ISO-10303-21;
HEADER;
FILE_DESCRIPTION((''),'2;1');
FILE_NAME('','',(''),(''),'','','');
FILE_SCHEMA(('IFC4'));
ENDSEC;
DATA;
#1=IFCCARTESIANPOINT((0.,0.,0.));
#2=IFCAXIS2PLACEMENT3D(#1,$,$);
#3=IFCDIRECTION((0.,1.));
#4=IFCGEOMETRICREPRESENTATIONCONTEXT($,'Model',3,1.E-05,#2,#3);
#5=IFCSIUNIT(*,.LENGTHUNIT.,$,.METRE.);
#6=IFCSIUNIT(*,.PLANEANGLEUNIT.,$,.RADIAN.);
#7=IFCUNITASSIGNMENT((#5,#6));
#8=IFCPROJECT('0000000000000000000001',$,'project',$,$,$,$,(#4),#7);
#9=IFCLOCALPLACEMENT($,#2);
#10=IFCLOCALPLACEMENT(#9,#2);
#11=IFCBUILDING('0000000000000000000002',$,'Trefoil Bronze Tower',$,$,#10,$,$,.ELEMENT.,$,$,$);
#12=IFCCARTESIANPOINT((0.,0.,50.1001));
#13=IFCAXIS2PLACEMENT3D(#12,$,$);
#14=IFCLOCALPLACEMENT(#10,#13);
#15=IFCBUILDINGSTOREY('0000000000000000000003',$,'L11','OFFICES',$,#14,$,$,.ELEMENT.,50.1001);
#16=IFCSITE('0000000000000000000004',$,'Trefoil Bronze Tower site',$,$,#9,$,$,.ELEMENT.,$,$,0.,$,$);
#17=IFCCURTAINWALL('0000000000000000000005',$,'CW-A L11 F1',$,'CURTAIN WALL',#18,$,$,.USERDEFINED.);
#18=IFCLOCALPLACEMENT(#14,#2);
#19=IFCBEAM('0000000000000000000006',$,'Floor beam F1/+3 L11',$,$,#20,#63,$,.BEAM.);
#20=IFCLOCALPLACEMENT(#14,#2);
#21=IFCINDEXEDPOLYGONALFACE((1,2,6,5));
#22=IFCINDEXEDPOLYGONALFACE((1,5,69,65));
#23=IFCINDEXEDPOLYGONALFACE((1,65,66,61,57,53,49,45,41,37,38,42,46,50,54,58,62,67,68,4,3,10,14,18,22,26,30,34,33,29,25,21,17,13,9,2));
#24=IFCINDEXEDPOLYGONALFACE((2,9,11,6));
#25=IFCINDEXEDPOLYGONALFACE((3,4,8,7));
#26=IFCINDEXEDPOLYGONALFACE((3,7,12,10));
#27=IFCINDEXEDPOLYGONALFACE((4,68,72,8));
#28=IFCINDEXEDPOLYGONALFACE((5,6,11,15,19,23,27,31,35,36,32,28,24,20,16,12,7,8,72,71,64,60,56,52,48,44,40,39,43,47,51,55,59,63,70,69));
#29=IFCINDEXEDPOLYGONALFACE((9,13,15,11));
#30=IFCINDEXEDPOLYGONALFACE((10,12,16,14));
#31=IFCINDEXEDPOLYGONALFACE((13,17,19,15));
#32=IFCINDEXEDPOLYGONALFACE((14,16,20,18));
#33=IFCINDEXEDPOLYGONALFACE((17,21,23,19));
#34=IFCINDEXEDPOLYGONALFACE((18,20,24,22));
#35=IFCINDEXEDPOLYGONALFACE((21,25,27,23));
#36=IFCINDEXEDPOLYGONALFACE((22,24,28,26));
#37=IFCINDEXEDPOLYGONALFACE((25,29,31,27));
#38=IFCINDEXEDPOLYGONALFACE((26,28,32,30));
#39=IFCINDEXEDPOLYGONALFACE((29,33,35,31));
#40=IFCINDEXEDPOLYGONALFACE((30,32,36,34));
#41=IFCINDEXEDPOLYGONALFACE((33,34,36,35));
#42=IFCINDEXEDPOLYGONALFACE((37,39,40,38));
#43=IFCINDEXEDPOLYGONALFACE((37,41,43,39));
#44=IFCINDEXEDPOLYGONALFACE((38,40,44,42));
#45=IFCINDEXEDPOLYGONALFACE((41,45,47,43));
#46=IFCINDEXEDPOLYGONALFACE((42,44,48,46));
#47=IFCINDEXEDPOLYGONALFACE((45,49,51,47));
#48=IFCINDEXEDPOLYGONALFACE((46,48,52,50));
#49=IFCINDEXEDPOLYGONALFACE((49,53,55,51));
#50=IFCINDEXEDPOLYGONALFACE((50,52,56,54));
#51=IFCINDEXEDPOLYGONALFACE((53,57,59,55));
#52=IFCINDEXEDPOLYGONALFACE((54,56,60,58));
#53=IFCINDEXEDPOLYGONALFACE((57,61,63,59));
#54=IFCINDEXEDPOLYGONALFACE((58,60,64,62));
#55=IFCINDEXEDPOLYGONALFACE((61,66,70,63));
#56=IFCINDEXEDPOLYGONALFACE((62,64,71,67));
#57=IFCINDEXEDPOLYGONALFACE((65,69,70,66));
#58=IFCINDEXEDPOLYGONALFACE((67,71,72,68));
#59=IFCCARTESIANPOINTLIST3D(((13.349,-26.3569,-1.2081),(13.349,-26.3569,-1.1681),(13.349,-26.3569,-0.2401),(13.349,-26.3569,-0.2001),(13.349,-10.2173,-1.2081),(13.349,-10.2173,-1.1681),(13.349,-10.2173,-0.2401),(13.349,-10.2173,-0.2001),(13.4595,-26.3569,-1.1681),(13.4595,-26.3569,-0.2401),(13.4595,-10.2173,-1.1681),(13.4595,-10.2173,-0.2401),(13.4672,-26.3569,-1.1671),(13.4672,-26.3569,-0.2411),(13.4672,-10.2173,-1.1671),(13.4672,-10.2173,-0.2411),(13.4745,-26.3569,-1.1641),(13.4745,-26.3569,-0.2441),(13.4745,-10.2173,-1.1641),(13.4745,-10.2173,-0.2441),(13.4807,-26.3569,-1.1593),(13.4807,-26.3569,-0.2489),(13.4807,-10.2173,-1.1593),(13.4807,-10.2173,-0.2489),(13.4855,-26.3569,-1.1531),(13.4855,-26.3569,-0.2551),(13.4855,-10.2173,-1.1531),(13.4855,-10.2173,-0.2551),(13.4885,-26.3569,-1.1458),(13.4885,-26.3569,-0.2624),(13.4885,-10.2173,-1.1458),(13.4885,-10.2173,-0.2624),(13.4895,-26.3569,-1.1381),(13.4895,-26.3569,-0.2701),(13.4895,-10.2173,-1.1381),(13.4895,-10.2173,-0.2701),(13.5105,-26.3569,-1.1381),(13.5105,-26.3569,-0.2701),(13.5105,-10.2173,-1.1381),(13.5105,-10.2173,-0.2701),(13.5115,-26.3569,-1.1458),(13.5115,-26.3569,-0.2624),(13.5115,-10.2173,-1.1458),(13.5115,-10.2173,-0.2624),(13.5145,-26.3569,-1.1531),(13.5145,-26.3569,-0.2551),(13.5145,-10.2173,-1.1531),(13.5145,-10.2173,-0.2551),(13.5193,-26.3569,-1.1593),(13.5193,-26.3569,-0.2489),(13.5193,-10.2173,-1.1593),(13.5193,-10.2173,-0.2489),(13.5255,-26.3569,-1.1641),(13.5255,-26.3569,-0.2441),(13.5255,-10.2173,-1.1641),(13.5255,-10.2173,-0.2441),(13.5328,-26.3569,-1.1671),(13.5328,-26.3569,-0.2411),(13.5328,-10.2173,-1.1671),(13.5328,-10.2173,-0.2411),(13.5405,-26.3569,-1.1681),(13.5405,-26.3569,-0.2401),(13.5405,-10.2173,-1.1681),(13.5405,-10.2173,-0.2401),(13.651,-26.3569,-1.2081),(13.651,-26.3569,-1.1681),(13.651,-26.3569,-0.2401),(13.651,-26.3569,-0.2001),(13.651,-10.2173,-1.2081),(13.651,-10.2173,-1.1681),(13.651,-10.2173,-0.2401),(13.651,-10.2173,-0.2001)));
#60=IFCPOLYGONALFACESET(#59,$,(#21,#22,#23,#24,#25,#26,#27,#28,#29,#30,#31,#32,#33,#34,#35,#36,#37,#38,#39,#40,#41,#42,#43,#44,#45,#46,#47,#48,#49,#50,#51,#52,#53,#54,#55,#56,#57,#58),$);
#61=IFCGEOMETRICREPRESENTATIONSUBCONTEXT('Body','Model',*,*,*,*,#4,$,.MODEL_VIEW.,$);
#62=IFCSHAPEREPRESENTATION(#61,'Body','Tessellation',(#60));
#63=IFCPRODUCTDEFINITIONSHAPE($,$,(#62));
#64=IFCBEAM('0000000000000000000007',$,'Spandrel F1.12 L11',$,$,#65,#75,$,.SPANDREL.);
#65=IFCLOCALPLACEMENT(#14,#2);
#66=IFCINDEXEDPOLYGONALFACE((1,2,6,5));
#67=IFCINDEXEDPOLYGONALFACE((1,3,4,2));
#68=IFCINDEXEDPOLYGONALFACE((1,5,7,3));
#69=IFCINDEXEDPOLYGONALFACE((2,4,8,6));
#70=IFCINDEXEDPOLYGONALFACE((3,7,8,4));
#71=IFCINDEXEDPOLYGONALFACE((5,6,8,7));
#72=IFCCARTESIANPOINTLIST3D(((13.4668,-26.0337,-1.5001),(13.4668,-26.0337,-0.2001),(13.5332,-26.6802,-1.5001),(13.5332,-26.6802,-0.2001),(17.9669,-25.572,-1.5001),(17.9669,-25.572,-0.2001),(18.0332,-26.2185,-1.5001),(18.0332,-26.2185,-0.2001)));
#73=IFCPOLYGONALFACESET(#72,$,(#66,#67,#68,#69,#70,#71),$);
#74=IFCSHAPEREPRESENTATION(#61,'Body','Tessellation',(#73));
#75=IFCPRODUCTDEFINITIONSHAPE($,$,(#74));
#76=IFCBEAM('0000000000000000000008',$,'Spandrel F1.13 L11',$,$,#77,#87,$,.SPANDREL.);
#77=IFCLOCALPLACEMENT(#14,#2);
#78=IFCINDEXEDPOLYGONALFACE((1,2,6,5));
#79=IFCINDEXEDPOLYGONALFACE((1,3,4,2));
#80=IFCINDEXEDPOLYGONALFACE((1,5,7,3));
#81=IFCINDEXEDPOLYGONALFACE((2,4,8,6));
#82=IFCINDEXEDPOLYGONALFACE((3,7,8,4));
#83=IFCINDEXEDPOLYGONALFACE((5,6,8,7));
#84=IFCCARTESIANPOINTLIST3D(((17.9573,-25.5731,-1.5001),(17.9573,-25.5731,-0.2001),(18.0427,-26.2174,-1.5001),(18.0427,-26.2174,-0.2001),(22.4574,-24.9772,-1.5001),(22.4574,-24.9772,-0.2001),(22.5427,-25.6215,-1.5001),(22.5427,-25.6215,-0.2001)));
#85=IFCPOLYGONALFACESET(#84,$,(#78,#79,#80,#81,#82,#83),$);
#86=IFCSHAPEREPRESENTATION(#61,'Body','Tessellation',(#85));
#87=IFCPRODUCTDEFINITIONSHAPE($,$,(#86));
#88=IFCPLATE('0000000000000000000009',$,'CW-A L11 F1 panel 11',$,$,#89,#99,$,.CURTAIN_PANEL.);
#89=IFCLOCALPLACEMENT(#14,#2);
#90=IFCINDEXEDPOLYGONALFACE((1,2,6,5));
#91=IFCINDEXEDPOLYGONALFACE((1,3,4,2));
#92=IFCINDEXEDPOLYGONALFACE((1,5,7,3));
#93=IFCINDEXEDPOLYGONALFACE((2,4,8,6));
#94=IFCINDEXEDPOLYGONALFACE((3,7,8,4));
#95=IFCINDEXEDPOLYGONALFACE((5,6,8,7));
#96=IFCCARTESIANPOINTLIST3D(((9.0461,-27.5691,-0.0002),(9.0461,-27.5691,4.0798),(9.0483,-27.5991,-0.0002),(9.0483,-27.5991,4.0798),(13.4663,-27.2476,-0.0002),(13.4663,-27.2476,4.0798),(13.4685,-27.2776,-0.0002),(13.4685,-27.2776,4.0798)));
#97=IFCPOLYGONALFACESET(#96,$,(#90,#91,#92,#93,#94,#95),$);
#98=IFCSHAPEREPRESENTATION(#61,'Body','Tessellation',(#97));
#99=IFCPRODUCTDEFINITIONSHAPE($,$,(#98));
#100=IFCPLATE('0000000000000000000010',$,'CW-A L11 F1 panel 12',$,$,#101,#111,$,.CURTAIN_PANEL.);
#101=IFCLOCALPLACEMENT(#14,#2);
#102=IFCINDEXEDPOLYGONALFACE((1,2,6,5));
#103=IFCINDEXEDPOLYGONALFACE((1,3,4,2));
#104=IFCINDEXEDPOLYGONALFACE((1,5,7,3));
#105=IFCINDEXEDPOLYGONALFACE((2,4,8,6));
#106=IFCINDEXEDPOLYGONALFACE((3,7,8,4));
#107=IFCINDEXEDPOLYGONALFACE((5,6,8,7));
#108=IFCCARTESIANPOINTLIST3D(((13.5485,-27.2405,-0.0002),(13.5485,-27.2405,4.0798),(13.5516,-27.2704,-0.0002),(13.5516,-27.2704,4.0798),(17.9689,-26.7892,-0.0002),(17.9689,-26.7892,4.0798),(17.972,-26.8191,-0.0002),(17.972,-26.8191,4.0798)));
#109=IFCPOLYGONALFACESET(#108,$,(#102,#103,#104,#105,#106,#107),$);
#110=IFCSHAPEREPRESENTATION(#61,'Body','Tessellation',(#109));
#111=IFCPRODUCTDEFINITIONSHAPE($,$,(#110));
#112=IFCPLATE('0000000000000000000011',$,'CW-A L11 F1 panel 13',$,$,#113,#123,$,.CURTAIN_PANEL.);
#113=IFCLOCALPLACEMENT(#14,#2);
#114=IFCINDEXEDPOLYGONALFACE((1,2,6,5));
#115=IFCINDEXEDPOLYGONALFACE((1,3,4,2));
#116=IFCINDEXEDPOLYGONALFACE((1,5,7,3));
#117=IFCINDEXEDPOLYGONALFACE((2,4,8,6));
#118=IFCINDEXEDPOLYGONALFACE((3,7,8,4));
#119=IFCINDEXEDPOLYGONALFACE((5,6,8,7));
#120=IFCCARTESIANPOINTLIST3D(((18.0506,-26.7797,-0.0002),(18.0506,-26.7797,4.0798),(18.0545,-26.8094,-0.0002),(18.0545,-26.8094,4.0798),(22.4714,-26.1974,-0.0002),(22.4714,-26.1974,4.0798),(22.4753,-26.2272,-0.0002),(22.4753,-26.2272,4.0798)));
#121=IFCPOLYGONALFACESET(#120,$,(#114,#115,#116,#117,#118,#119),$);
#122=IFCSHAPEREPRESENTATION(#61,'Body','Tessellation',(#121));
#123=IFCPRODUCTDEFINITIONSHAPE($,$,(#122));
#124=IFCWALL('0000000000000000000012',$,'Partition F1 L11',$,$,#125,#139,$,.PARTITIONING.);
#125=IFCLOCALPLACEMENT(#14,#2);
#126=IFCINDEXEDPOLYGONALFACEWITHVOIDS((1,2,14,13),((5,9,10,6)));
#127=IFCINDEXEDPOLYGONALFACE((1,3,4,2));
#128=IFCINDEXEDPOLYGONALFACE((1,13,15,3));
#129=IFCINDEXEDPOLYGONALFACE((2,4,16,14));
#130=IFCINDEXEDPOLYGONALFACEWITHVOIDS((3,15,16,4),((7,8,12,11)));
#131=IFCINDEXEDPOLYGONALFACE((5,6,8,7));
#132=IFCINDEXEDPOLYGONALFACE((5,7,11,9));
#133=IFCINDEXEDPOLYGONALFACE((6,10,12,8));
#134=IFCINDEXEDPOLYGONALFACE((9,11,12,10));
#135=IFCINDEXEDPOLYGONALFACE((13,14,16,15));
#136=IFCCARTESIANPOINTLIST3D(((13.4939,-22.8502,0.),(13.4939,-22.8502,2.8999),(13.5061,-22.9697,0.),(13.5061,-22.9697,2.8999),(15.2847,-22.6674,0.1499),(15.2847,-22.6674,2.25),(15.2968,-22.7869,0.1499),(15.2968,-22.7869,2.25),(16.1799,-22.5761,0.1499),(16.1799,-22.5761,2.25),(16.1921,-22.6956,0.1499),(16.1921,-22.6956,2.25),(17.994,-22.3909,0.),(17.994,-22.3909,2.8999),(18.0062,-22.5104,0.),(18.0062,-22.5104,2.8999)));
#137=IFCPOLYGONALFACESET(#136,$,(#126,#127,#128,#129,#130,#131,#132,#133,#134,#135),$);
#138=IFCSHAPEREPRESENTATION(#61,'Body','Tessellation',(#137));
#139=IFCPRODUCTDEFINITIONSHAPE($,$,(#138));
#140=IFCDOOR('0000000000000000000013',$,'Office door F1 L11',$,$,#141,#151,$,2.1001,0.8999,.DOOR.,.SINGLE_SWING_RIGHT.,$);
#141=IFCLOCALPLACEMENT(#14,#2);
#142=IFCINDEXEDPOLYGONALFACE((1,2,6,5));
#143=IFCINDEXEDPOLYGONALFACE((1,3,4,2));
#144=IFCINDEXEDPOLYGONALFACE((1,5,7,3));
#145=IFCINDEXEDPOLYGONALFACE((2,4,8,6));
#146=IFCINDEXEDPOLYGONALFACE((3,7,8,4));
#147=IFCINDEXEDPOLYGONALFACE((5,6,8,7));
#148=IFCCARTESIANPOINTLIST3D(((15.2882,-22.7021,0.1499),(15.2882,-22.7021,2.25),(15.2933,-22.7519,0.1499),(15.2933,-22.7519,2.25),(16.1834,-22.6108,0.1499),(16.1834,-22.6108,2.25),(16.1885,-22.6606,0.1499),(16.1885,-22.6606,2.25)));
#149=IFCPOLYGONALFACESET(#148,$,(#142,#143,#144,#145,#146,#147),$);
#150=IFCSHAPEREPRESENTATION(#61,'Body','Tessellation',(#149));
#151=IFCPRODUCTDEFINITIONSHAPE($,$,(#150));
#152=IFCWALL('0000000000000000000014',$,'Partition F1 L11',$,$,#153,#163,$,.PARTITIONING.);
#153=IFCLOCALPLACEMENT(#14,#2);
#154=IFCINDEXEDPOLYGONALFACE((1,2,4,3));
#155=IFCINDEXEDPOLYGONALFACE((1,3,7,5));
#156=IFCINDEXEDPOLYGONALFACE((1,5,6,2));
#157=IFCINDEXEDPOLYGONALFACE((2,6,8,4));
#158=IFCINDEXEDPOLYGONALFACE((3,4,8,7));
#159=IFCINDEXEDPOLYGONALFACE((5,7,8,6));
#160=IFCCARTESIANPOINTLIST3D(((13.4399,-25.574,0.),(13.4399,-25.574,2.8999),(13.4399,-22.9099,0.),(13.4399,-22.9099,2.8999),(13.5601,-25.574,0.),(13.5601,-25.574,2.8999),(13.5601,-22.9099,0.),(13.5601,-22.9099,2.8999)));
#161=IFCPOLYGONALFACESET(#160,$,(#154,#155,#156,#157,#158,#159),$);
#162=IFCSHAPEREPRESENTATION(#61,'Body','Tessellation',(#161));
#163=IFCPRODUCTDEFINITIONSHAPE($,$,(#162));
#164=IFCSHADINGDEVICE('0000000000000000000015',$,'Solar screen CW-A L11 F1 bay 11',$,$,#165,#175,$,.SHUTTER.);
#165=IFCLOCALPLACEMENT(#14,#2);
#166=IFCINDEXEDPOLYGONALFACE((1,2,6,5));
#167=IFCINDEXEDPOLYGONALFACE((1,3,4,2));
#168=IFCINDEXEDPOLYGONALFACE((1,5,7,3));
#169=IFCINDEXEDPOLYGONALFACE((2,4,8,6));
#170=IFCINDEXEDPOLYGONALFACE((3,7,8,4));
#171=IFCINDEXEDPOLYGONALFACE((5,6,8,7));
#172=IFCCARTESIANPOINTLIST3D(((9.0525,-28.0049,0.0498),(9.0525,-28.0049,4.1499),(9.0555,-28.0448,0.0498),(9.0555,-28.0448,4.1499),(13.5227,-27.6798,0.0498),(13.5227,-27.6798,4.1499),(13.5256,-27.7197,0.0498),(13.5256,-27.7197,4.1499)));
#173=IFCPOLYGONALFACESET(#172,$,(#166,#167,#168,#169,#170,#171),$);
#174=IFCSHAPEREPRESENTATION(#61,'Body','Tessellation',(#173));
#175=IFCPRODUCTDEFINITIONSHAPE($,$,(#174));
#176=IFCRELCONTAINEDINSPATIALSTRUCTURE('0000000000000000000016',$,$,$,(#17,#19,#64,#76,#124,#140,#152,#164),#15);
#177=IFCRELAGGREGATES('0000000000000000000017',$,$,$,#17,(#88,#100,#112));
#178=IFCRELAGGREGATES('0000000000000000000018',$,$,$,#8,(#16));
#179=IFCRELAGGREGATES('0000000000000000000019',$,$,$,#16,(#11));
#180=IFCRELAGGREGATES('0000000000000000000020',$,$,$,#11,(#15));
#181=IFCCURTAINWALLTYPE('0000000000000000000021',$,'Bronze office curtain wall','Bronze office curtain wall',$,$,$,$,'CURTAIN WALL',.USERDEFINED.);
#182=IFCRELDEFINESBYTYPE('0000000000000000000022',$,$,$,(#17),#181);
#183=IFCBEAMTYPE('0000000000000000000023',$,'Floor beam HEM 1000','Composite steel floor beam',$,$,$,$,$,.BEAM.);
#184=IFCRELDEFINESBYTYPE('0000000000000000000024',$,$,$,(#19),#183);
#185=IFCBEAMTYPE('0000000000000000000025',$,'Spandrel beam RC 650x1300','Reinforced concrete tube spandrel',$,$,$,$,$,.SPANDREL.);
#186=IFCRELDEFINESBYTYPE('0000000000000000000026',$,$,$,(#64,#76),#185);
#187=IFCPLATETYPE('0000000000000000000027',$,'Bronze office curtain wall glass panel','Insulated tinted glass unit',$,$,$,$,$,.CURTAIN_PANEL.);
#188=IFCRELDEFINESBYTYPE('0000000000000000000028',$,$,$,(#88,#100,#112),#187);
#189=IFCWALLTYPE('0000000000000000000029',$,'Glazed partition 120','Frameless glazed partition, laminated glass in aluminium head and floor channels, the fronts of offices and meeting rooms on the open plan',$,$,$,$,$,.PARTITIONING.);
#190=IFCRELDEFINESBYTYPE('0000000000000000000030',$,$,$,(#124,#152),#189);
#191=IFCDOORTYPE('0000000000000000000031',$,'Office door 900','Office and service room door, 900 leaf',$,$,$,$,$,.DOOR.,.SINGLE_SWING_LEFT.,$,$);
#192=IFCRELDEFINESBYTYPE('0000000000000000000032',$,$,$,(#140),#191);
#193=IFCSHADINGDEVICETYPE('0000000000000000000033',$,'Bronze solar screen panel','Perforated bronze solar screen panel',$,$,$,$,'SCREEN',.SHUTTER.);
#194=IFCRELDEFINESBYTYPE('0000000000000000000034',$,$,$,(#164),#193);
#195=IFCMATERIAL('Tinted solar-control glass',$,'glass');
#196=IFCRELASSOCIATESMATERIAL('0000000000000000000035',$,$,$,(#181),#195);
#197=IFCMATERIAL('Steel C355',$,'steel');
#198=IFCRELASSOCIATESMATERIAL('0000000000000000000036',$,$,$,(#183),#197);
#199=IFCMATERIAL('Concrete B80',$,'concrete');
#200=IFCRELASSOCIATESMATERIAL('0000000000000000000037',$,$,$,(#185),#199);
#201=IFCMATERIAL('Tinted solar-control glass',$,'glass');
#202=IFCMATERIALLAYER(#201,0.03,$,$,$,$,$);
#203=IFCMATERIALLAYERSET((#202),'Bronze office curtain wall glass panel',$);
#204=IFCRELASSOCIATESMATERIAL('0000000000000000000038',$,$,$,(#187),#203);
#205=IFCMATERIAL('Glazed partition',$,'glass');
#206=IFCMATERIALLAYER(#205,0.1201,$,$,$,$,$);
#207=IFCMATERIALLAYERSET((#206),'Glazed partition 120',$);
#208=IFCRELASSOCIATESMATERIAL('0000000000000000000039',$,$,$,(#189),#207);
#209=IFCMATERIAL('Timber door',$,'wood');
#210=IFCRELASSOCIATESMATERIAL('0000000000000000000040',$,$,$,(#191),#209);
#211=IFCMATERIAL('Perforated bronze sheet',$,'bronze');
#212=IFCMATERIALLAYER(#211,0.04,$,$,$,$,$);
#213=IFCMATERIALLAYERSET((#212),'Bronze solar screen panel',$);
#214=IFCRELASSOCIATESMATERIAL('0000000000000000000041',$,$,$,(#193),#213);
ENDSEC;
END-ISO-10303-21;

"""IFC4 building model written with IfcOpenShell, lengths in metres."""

from ifc_helpers import new_model, si_unit, direction, frame, frame_2d, origin, origin_2d, place, context, subcontext, project, spatial, rectangle, i_section, extrude, material, layer, layer_set, material_profile, profile_set, type_object, element, fill, aggregate, save


model = new_model("IFC4")

# Units and contexts
model_context = context("Model", 3, precision=1e-05, world=origin(), true_north=direction((0.0, 1.0)))
body_context = subcontext(model_context, "Body", "Model", "MODEL_VIEW")
ifc_project = project(units=[si_unit("LENGTHUNIT", "METRE"), si_unit("PLANEANGLEUNIT", "RADIAN")], contexts=[model_context])

# Site, building, storey
site_placement = place(None, origin())
site = spatial("IfcSite", under=ifc_project, at=site_placement, Name="Trefoil Bronze Tower site", CompositionType="ELEMENT", RefElevation=0.0)
building_placement = place(site_placement, origin())
building = spatial("IfcBuilding", under=site, at=building_placement, Name="Trefoil Bronze Tower", CompositionType="ELEMENT")
storey_placement = place(building_placement, frame((0.0, 0.0, 50.1001)))
storey = spatial("IfcBuildingStorey", under=building, at=storey_placement, Name="L11", Description="OFFICES", CompositionType="ELEMENT", Elevation=50.1001)

# Curtain wall
ifc_material_1 = material(Name="Tinted solar-control glass", Category="glass")
curtain_wall_type = type_object("IfcCurtainWallType", Name="Bronze office curtain wall", Description="Bronze office curtain wall", ElementType="CURTAIN WALL", PredefinedType="USERDEFINED", material=ifc_material_1)
curtain_wall_placement = place(storey_placement, origin())
curtain_wall = element("IfcCurtainWall", 1, at=curtain_wall_placement, inside=storey, type_object=curtain_wall_type, Name="CW-A L11 F1", ObjectType="CURTAIN WALL", PredefinedType="USERDEFINED")

# Beams
ifc_material_2 = material(Name="Steel C355", Category="steel")
ifc_material_profile_1 = material_profile(ifc_material_2, i_section(OverallWidth=0.302, OverallDepth=1.0081, WebThickness=0.021, FlangeThickness=0.04, FilletRadius=0.03, at=origin_2d()), Name="HEM 1000")
ifc_profile_set_1 = profile_set([ifc_material_profile_1], Name="Steel C355")
beam_type_1 = type_object("IfcBeamType", Name="Floor beam HEM 1000", Description="Composite steel floor beam", PredefinedType="BEAM", material=ifc_profile_set_1)
beam_1_placement = place(storey_placement, frame((13.5, -26.3569, -0.7041), z_axis=(0.0, 1.0, 0.0), x_axis=(-1.0, 0.0, 0.0)))
element("IfcBeam", 2, at=beam_1_placement, inside=storey, type_object=beam_type_1, Name="Floor beam F1/+3 L11", PredefinedType="BEAM", context=body_context, shape_type="SweptSolid", body=[
    extrude(i_section(OverallWidth=0.302, OverallDepth=1.0081, WebThickness=0.021, FlangeThickness=0.04, FilletRadius=0.03, at=origin_2d()), origin(), (0.0, 0.0, 1.0), 16.1396),
])
ifc_material_3 = material(Name="Concrete B80", Category="concrete")
ifc_material_profile_2 = material_profile(ifc_material_3, rectangle(XDim=0.6499, YDim=1.3, at=origin_2d()), Name="RC 650x1300")
ifc_profile_set_2 = profile_set([ifc_material_profile_2], Name="Concrete B80")
beam_type_2 = type_object("IfcBeamType", Name="Spandrel beam RC 650x1300", Description="Reinforced concrete tube spandrel", PredefinedType="SPANDREL", material=ifc_profile_set_2)
beam_2_placement = place(storey_placement, frame((13.5, -26.3569, -0.8501), z_axis=(0.994778, 0.102058, 0.0), x_axis=(-0.102058, 0.994778, 0.0)))
element("IfcBeam", 3, at=beam_2_placement, inside=storey, type_object=beam_type_2, Name="Spandrel F1.12 L11", PredefinedType="SPANDREL", context=body_context, shape_type="SweptSolid", body=[
    extrude(rectangle(XDim=0.6499, YDim=1.3, at=origin_2d()), origin(), (0.0, 0.0, 1.0), 4.5237),
])
beam_3_placement = place(storey_placement, frame((18.0, -25.8953, -0.8501), z_axis=(0.991344, 0.131286, 0.0), x_axis=(-0.131286, 0.991344, 0.0)))
element("IfcBeam", 4, at=beam_3_placement, inside=storey, type_object=beam_type_2, Name="Spandrel F1.13 L11", PredefinedType="SPANDREL", context=body_context, shape_type="SweptSolid", body=[
    extrude(rectangle(XDim=0.6499, YDim=1.3, at=origin_2d()), origin(), (0.0, 0.0, 1.0), 4.5393),
])

# Plates
ifc_material_4 = material(Name="Tinted solar-control glass", Category="glass")
ifc_layer_1 = layer(ifc_material_4, 0.03)
ifc_layer_set_1 = layer_set([ifc_layer_1], Name="Bronze office curtain wall glass panel")
plate_type = type_object("IfcPlateType", Name="Bronze office curtain wall glass panel", Description="Insulated tinted glass unit", PredefinedType="CURTAIN_PANEL", material=ifc_layer_set_1)
plate_1_placement = place(storey_placement, frame((11.2573, -27.4233, -0.0002), z_axis=(0.0, 0.0, 1.0), x_axis=(0.997365, 0.072547, 0.0)))
plate_1 = element("IfcPlate", 5, at=plate_1_placement, type_object=plate_type, Name="CW-A L11 F1 panel 11", PredefinedType="CURTAIN_PANEL", context=body_context, shape_type="SweptSolid", body=[
    extrude(rectangle(XDim=4.4319, YDim=0.03, at=origin_2d()), origin(), (0.0, 0.0, 1.0), 4.0801),
])
plate_2_placement = place(storey_placement, frame((15.7603, -27.0298, -0.0002), z_axis=(0.0, 0.0, 1.0), x_axis=(0.994829, 0.101565, 0.0)))
plate_2 = element("IfcPlate", 6, at=plate_2_placement, type_object=plate_type, Name="CW-A L11 F1 panel 12", PredefinedType="CURTAIN_PANEL", context=body_context, shape_type="SweptSolid", body=[
    extrude(rectangle(XDim=4.4434, YDim=0.03, at=origin_2d()), origin(), (0.0, 0.0, 1.0), 4.0801),
])
plate_3_placement = place(storey_placement, frame((20.2629, -26.5034, -0.0002), z_axis=(0.0, 0.0, 1.0), x_axis=(0.991437, 0.130584, 0.0)))
plate_3 = element("IfcPlate", 7, at=plate_3_placement, type_object=plate_type, Name="CW-A L11 F1 panel 13", PredefinedType="CURTAIN_PANEL", context=body_context, shape_type="SweptSolid", body=[
    extrude(rectangle(XDim=4.459, YDim=0.03, at=origin_2d()), origin(), (0.0, 0.0, 1.0), 4.0801),
])
aggregate(curtain_wall, [plate_1, plate_2, plate_3])

# Wall, opening, door
ifc_material_5 = material(Name="Glazed partition", Category="glass")
ifc_layer_2 = layer(ifc_material_5, 0.1201)
ifc_layer_set_2 = layer_set([ifc_layer_2], Name="Glazed partition 120")
wall_type = type_object("IfcWallType", Name="Glazed partition 120", Description="Frameless glazed partition, laminated glass in aluminium head and floor channels, the fronts of offices and meeting rooms on the open plan", PredefinedType="PARTITIONING", material=ifc_layer_set_2)
wall_1_placement = place(storey_placement, frame((13.5, -22.9099, 0.0), z_axis=(0.0, 0.0, 1.0), x_axis=(0.994833, 0.101523, 0.0)))
wall_1 = element("IfcWall", 8, at=wall_1_placement, inside=storey, type_object=wall_type, Name="Partition F1 L11", PredefinedType="PARTITIONING", context=body_context, shape_type="SweptSolid", body=[
    extrude(rectangle(XDim=4.5234, YDim=0.1201, at=frame_2d((2.2617, 0.0))), origin(), (0.0, 0.0, 1.0), 2.8999),
])
opening_placement = place(wall_1_placement, frame((1.8, 0.0, 0.1499)))
opening = element("IfcOpeningElement", 9, at=opening_placement, cuts=wall_1, PredefinedType="OPENING", context=body_context, shape_type="SweptSolid", body=[
    extrude(rectangle(XDim=0.8999, YDim=2.1001, at=frame_2d((0.45, 1.05))), frame((0.0, 0.0701, 0.0), z_axis=(0.0, -1.0, 0.0), x_axis=(1.0, 0.0, 0.0)), (0.0, 0.0, 1.0), 0.1401),
])
ifc_material_6 = material(Name="Timber door", Category="wood")
door_type = type_object("IfcDoorType", Name="Office door 900", Description="Office and service room door, 900 leaf", OperationType="SINGLE_SWING_LEFT", PredefinedType="DOOR", material=ifc_material_6)
door_placement = place(opening_placement, frame((0.8999, 0.0, 0.0), z_axis=(0.0, 0.0, 1.0), x_axis=(-1.0, 0.0, 0.0)))
door = element("IfcDoor", 10, at=door_placement, inside=storey, type_object=door_type, Name="Office door F1 L11", OperationType="SINGLE_SWING_RIGHT", OverallHeight=2.1001, OverallWidth=0.8999, PredefinedType="DOOR", context=body_context, shape_type="SweptSolid", body=[
    extrude(rectangle(XDim=0.8999, YDim=2.1001, at=frame_2d((0.45, 1.05))), frame((0.0, 0.0249, 0.0), z_axis=(0.0, -1.0, 0.0), x_axis=(1.0, 0.0, 0.0)), (0.0, 0.0, 1.0), 0.05),
])
fill(opening, door)

# Wall
wall_2_placement = place(storey_placement, frame((13.5, -22.9099, 0.0), z_axis=(0.0, 0.0, 1.0), x_axis=(0.0, -1.0, 0.0)))
element("IfcWall", 11, at=wall_2_placement, inside=storey, type_object=wall_type, Name="Partition F1 L11", PredefinedType="PARTITIONING", context=body_context, shape_type="SweptSolid", body=[
    extrude(rectangle(XDim=2.6641, YDim=0.1201, at=frame_2d((1.332, 0.0))), origin(), (0.0, 0.0, 1.0), 2.8999),
])

# Shading device
ifc_material_7 = material(Name="Perforated bronze sheet", Category="bronze")
ifc_layer_3 = layer(ifc_material_7, 0.04)
ifc_layer_set_3 = layer_set([ifc_layer_3], Name="Bronze solar screen panel")
shading_device_type = type_object("IfcShadingDeviceType", Name="Bronze solar screen panel", Description="Perforated bronze solar screen panel", ElementType="SCREEN", PredefinedType="SHUTTER", material=ifc_layer_set_3)
shading_device_1_placement = place(storey_placement, frame((11.2891, -27.8623, 0.0498), z_axis=(0.0, 0.0, 1.0), x_axis=(0.997365, 0.072547, 0.0)))
element("IfcShadingDevice", 12, at=shading_device_1_placement, inside=storey, type_object=shading_device_type, Name="Solar screen CW-A L11 F1 bay 11", PredefinedType="SHUTTER", context=body_context, shape_type="SweptSolid", body=[
    extrude(rectangle(XDim=4.4819, YDim=0.04, at=origin_2d()), origin(), (0.0, 0.0, 1.0), 4.1001),
])

save(model, "model.ifc")
